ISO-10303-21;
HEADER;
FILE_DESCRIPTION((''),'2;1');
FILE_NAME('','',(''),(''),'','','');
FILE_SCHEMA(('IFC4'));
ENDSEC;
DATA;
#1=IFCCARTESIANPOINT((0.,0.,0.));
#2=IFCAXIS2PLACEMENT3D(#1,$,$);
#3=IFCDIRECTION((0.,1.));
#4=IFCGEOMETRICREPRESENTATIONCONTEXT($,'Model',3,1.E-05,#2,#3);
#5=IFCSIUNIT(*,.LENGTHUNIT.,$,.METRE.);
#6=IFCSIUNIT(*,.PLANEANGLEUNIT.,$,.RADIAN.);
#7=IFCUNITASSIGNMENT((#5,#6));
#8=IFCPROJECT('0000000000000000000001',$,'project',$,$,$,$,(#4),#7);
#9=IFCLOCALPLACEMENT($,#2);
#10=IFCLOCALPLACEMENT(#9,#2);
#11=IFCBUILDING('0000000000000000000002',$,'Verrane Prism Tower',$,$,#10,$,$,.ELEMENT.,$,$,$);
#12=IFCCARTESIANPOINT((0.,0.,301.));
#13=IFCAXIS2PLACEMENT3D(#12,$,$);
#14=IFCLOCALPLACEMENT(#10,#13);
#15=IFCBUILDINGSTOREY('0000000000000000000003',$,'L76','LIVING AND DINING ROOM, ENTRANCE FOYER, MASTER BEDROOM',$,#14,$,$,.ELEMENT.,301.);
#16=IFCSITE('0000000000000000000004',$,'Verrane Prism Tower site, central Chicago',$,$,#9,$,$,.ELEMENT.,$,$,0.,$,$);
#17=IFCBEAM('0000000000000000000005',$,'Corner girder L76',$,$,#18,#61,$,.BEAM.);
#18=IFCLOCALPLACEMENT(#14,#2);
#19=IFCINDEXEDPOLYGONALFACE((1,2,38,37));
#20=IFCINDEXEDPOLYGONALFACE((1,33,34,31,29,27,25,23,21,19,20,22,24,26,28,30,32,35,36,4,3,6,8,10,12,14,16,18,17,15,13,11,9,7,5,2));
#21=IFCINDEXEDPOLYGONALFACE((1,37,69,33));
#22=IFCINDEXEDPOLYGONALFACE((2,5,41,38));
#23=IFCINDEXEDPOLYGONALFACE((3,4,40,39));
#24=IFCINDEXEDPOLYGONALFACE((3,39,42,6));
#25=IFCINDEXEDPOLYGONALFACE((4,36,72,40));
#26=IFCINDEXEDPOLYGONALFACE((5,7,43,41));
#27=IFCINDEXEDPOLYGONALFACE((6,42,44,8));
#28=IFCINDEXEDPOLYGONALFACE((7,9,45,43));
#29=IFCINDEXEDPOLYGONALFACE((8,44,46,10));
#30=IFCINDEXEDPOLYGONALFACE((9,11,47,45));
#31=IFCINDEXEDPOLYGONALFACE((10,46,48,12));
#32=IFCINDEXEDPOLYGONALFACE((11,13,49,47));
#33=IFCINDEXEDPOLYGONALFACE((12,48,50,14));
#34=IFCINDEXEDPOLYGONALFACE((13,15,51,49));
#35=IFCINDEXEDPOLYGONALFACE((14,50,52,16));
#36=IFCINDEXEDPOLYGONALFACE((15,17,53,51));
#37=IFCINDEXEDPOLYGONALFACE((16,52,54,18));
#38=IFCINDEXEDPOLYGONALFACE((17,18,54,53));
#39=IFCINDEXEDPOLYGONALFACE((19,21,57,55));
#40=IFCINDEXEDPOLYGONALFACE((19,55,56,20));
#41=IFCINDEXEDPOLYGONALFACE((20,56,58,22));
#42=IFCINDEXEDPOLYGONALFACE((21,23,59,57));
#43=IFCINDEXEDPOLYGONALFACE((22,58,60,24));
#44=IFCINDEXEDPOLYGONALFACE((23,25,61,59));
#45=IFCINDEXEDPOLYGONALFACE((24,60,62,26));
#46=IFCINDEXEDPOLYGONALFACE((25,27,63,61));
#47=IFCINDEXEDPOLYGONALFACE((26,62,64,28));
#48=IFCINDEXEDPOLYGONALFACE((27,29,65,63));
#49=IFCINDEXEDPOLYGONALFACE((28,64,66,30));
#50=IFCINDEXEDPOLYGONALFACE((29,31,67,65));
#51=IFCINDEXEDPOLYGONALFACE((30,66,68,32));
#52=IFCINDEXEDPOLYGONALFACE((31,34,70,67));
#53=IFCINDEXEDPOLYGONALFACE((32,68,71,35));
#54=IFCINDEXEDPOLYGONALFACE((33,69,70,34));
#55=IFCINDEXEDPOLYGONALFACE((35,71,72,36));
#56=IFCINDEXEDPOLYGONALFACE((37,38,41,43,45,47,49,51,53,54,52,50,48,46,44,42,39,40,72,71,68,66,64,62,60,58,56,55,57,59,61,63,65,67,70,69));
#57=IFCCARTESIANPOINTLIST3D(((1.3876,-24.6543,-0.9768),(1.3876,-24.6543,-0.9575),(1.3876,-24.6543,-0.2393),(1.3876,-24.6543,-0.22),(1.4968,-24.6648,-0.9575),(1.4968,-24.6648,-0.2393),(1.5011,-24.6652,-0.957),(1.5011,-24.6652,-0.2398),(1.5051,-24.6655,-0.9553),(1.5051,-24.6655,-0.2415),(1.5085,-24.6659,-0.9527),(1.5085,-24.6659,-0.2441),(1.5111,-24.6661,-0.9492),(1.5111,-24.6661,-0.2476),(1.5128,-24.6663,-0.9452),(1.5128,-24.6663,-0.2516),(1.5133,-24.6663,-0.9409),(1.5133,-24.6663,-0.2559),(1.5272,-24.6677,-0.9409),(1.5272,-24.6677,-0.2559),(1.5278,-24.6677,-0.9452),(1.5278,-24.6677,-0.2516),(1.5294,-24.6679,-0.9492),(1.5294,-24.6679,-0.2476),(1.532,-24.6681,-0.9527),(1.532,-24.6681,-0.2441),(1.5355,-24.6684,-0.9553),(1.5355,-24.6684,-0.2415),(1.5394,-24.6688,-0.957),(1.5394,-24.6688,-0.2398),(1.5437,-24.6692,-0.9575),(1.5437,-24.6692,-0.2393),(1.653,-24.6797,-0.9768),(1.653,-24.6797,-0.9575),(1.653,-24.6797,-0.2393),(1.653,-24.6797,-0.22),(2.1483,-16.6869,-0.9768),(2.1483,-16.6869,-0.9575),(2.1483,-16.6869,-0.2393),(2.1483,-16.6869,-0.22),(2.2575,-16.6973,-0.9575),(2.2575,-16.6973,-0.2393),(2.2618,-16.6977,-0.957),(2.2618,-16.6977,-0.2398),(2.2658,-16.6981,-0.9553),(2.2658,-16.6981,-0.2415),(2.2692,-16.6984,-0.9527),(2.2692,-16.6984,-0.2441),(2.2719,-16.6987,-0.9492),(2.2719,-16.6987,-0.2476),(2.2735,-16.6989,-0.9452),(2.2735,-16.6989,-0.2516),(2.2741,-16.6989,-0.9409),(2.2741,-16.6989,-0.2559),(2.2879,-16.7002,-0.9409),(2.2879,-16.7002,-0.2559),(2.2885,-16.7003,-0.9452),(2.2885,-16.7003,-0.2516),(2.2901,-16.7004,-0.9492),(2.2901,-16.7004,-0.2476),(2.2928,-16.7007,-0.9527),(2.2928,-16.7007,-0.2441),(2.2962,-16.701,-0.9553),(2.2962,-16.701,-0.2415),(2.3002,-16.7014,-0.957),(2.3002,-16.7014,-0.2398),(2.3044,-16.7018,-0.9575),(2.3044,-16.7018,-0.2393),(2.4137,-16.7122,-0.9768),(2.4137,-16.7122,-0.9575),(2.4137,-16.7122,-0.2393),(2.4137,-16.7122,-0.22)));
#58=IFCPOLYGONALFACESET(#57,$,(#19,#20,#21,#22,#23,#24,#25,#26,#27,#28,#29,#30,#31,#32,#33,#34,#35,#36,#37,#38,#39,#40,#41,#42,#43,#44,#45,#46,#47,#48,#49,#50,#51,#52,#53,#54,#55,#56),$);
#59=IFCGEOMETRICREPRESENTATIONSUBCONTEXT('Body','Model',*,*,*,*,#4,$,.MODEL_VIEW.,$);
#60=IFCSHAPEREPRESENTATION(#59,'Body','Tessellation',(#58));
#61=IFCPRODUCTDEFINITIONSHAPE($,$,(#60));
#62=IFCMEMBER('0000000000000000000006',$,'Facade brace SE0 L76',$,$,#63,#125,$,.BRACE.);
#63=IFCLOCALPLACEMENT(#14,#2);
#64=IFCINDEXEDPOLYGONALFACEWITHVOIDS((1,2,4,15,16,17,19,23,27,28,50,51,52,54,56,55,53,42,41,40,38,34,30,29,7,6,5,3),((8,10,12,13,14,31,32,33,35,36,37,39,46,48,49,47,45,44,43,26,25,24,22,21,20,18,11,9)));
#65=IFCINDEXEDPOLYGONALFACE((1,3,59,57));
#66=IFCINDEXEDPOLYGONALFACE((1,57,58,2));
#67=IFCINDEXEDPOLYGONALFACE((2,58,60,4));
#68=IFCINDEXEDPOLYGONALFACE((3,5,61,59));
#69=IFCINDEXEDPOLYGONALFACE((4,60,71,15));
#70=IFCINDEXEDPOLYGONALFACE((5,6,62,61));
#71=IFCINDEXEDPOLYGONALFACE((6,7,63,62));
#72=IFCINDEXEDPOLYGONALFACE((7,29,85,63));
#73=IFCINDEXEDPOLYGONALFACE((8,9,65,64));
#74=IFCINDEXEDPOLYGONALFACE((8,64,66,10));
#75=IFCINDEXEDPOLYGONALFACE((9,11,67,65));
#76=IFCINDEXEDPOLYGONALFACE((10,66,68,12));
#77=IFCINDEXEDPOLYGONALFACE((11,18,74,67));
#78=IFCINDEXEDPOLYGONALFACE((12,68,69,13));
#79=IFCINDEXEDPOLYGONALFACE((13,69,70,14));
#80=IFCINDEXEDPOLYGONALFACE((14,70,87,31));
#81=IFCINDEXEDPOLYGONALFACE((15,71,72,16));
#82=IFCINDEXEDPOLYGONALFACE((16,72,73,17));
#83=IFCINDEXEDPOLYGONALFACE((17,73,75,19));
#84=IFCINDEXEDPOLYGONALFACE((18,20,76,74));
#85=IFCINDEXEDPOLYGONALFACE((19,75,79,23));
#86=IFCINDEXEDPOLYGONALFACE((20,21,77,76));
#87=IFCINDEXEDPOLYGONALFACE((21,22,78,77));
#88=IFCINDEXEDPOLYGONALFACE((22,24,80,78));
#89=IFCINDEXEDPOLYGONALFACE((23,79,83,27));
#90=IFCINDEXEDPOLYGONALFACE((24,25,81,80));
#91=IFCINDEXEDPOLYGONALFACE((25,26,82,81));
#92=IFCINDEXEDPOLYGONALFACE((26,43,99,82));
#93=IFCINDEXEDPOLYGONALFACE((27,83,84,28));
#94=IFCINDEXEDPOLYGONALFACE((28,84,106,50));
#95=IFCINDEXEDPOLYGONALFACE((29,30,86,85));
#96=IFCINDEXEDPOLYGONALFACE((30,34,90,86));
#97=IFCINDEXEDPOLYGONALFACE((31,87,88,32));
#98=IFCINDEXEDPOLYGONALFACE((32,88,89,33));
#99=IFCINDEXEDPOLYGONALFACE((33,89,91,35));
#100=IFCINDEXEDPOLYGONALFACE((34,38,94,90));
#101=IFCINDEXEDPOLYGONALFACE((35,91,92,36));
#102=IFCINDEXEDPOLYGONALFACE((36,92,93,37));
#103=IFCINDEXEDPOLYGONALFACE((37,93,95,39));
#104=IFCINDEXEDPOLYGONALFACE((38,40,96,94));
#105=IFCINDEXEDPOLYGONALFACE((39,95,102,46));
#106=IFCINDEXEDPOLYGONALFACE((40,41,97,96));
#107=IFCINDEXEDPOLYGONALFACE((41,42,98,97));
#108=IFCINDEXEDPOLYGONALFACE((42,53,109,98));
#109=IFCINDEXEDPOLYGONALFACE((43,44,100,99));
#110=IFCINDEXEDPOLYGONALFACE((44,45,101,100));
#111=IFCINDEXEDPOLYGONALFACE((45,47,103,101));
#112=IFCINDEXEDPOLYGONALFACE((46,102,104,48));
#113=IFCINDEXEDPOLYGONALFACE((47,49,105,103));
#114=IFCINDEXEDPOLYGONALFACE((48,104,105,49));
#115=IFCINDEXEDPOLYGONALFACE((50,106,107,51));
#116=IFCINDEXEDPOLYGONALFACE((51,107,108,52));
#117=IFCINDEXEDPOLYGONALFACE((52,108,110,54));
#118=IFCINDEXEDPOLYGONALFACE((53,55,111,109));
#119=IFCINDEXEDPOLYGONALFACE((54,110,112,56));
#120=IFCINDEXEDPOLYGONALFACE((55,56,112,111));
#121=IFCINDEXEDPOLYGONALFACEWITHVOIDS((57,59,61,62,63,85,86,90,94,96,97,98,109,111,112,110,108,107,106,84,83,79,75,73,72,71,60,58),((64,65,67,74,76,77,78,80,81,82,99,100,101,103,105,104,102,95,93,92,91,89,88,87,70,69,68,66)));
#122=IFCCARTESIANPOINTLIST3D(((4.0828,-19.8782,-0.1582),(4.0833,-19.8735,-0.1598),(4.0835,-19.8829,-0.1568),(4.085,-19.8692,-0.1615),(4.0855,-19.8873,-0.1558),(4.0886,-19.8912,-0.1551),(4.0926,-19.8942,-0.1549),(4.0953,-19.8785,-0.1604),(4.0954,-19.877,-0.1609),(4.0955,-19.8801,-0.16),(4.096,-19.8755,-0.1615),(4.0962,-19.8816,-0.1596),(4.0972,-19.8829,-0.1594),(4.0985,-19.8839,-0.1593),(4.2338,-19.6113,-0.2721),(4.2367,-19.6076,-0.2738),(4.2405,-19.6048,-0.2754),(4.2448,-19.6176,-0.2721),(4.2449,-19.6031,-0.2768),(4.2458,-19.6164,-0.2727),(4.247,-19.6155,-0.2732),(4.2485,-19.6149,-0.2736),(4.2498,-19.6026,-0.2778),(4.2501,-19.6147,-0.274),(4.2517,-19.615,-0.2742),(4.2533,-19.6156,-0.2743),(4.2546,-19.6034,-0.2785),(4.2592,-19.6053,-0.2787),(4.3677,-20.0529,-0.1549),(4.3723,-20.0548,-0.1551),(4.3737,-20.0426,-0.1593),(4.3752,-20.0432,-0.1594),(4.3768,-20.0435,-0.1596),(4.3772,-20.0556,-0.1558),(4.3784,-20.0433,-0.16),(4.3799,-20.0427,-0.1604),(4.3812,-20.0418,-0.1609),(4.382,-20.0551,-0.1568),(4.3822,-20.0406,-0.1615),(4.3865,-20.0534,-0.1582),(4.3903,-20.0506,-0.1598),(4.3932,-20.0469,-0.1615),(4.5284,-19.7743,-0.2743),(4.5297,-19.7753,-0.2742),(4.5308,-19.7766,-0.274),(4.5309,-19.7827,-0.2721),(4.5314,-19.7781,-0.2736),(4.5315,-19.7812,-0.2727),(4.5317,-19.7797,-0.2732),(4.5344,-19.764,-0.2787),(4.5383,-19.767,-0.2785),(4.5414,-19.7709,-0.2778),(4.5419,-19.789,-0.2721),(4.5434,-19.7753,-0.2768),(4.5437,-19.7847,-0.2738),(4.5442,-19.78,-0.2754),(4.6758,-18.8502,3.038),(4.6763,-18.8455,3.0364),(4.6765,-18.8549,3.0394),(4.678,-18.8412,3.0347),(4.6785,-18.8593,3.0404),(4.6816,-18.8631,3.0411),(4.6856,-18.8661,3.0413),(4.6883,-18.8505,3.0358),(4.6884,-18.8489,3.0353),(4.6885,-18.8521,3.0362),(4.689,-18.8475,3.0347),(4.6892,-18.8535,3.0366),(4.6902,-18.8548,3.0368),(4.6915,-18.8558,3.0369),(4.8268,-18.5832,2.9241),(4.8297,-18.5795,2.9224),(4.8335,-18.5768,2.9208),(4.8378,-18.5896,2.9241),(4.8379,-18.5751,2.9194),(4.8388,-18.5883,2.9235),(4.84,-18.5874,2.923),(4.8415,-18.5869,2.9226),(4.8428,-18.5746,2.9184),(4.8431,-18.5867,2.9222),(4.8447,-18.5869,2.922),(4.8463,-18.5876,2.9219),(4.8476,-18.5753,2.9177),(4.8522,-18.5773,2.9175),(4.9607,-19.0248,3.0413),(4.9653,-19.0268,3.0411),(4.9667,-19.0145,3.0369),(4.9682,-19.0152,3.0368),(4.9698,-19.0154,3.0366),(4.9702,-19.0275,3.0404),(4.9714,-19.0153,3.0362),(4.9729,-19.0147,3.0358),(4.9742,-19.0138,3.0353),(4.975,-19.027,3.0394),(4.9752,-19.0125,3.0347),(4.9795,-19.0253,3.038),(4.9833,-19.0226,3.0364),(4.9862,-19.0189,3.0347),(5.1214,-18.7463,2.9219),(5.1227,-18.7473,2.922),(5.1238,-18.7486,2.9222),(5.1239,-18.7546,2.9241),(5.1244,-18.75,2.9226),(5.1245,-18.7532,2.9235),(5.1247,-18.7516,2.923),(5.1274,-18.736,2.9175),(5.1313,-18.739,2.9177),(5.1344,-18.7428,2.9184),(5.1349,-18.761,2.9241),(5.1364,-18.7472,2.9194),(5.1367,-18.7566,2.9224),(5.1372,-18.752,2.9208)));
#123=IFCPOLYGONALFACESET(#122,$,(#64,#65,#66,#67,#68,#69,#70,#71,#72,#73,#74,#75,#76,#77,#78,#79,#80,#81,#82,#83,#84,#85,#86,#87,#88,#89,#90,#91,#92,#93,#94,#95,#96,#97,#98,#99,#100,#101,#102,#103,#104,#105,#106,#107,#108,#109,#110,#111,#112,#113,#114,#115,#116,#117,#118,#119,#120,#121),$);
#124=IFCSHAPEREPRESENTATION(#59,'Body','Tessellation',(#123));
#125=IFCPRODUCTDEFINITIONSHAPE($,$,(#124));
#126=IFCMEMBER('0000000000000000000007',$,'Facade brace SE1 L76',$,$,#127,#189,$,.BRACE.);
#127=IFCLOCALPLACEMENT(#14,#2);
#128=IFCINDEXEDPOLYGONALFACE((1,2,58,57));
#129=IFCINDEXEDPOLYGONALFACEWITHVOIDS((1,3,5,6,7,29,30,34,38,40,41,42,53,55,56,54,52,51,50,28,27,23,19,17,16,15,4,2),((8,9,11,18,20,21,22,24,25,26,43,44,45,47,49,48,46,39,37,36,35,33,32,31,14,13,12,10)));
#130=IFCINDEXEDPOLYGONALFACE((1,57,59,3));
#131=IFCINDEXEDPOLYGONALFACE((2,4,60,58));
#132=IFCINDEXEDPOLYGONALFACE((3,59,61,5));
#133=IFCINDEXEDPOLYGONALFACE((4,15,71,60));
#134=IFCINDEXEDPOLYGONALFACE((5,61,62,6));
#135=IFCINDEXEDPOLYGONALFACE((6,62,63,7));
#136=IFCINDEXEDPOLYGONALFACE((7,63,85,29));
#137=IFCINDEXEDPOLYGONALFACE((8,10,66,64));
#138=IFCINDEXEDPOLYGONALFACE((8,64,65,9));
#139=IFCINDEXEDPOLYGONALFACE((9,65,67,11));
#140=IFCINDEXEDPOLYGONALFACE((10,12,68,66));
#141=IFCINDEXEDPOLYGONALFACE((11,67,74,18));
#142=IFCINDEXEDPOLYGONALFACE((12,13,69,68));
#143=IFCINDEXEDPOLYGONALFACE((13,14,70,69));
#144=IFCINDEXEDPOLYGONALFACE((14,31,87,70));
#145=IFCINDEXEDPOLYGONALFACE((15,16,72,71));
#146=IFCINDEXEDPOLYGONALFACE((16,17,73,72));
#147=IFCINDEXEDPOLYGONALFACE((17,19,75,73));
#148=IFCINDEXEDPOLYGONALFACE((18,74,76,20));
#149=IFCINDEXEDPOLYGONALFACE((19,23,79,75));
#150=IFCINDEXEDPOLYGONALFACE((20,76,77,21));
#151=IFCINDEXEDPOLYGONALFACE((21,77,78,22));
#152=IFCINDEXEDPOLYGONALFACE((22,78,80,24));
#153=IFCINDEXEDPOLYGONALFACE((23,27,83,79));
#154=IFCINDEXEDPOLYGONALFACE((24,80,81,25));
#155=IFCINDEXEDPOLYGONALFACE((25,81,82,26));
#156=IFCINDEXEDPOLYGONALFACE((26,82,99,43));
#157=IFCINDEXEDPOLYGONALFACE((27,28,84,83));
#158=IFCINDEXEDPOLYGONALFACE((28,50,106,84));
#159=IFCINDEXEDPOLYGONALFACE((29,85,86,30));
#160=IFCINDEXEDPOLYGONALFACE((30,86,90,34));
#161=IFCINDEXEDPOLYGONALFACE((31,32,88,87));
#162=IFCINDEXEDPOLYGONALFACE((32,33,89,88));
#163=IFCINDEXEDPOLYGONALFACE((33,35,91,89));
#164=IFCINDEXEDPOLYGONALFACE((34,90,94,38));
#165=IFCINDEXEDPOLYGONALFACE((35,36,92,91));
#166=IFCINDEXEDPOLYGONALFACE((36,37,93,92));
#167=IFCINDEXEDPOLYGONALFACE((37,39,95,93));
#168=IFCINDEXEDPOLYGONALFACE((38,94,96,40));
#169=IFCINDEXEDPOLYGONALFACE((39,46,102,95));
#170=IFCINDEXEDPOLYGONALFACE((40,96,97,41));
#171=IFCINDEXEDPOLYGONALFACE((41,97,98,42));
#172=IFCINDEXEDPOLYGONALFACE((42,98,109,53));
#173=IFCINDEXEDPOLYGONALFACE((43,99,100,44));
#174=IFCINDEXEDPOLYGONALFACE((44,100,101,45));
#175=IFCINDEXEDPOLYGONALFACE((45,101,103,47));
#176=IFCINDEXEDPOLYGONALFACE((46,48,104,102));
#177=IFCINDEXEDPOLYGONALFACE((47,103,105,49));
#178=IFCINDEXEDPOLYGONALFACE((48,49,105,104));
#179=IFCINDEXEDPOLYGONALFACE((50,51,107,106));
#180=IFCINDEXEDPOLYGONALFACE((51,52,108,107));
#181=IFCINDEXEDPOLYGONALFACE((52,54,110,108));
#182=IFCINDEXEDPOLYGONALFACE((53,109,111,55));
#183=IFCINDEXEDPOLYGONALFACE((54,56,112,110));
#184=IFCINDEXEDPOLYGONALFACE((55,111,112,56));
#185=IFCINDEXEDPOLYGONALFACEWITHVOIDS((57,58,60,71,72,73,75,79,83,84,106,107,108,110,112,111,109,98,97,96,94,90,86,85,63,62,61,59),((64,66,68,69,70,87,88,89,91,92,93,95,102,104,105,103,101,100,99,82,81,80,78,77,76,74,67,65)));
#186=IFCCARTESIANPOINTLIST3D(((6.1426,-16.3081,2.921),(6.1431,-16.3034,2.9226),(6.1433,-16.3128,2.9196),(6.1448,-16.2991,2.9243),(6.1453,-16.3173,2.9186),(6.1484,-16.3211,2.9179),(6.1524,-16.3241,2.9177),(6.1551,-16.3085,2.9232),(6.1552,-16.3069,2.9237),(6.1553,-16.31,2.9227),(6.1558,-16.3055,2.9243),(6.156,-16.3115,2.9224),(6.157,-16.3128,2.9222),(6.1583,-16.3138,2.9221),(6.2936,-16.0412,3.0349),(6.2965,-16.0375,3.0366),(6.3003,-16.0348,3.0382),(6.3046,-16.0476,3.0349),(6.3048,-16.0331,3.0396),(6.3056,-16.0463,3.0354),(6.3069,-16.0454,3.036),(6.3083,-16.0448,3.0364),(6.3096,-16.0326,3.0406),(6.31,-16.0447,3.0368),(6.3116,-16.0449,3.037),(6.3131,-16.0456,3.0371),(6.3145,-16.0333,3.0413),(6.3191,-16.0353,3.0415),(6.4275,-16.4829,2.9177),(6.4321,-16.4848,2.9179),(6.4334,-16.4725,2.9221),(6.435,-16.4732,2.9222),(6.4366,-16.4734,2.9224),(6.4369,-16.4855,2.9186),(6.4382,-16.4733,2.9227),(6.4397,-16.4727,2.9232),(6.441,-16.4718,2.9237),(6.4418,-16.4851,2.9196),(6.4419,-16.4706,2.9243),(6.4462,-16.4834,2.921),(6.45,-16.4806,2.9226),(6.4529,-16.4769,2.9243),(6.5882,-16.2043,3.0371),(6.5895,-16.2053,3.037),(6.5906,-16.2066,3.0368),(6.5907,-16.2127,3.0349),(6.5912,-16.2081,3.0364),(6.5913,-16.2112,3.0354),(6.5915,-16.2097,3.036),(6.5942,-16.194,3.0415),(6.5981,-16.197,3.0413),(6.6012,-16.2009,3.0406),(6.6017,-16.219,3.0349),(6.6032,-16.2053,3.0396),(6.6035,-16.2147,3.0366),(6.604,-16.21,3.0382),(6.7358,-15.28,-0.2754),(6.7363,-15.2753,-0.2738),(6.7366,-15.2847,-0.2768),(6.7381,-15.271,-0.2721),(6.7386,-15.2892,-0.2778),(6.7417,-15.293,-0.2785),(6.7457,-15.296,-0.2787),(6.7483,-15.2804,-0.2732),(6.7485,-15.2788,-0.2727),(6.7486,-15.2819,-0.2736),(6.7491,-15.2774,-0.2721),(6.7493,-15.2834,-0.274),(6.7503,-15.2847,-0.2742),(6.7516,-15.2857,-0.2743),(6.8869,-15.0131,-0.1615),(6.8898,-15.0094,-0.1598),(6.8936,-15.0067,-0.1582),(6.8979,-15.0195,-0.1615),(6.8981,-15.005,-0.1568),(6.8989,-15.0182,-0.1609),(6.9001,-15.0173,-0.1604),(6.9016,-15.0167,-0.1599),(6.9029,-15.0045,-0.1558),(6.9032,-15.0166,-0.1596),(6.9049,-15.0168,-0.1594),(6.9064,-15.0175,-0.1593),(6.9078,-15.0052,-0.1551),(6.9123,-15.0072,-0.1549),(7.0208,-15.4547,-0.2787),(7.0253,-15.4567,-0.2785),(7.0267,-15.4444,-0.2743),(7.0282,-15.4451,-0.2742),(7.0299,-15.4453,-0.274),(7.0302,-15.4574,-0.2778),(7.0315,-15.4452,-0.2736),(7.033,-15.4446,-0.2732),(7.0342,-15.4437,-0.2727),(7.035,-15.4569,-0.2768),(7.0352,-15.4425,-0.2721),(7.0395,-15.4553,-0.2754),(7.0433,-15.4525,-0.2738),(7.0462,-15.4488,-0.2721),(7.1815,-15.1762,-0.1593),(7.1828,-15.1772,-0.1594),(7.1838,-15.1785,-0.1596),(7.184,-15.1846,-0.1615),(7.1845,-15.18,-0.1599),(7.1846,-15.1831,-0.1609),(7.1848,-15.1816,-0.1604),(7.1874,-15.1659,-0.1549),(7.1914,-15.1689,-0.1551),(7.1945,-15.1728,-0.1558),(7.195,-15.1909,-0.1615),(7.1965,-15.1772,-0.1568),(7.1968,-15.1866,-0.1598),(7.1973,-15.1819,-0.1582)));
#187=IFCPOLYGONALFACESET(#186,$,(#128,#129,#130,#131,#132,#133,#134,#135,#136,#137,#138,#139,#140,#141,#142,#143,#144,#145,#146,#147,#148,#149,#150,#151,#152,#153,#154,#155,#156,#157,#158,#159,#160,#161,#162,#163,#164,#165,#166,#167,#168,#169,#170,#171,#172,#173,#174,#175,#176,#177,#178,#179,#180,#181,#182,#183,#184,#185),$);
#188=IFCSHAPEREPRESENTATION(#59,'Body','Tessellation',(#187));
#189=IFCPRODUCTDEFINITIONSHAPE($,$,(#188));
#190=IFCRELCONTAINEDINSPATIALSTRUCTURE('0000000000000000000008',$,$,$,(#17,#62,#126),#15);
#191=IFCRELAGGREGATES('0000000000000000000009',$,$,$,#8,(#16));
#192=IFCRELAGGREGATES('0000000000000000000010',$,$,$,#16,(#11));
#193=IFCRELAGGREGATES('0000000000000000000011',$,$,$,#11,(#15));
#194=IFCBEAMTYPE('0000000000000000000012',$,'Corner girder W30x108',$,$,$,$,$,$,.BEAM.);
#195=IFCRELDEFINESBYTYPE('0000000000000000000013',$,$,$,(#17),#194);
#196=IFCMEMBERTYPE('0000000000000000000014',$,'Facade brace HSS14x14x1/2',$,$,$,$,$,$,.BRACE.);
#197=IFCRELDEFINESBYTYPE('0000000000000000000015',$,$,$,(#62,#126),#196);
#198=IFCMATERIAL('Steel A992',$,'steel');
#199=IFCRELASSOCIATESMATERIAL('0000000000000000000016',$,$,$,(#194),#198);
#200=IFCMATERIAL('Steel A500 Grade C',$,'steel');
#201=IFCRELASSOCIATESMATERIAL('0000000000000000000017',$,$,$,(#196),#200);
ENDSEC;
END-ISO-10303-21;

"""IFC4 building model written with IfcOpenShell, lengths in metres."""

from ifc_helpers import new_model, si_unit, direction, frame, origin, origin_2d, place, context, subcontext, project, spatial, hollow_rectangle, i_section, extrude, material, material_profile, profile_set, type_object, element, save


model = new_model("IFC4")

# Units and contexts
model_context = context("Model", 3, precision=1e-05, world=origin(), true_north=direction((0.0, 1.0)))
body_context = subcontext(model_context, "Body", "Model", "MODEL_VIEW")
ifc_project = project(units=[si_unit("LENGTHUNIT", "METRE"), si_unit("PLANEANGLEUNIT", "RADIAN")], contexts=[model_context])

# Site, building, storey
site_placement = place(None, origin())
site = spatial("IfcSite", under=ifc_project, at=site_placement, Name="Verrane Prism Tower site, central Chicago", CompositionType="ELEMENT", RefElevation=0.0)
building_placement = place(site_placement, origin())
building = spatial("IfcBuilding", under=site, at=building_placement, Name="Verrane Prism Tower", CompositionType="ELEMENT")
storey_placement = place(building_placement, frame((0.0, 0.0, 301.0)))
storey = spatial("IfcBuildingStorey", under=building, at=storey_placement, Name="L76", Description="LIVING AND DINING ROOM, ENTRANCE FOYER, MASTER BEDROOM", CompositionType="ELEMENT", Elevation=301.0)

# Beam
ifc_material_1 = material(Name="Steel A992", Category="steel")
ifc_material_profile_1 = material_profile(ifc_material_1, i_section(OverallWidth=0.2666, OverallDepth=0.7568, WebThickness=0.0139, FlangeThickness=0.0193, FilletRadius=0.0166, at=origin_2d()), Name="W30x108")
ifc_profile_set_1 = profile_set([ifc_material_profile_1], Name="Steel A992")
beam_type_1 = type_object("IfcBeamType", Name="Corner girder W30x108", PredefinedType="BEAM", material=ifc_profile_set_1)
beam_1_placement = place(storey_placement, frame((1.5203, -24.667, -0.5984), z_axis=(0.095048, 0.995473, 0.0), x_axis=(-0.995473, 0.095048, 0.0)))
element("IfcBeam", 1, at=beam_1_placement, inside=storey, type_object=beam_type_1, Name="Corner girder L76", PredefinedType="BEAM", context=body_context, shape_type="SweptSolid", body=[
    extrude(i_section(OverallWidth=0.2666, OverallDepth=0.7568, WebThickness=0.0139, FlangeThickness=0.0193, FilletRadius=0.0166, at=origin_2d()), origin(), (0.0, 0.0, 1.0), 8.0037),
])

# Members
ifc_material_2 = material(Name="Steel A500 Grade C", Category="steel")
ifc_material_profile_2 = material_profile(ifc_material_2, hollow_rectangle(XDim=0.3557, YDim=0.3557, WallThickness=0.0127, InnerFilletRadius=0.0063, OuterFilletRadius=0.019, at=origin_2d()), Name="HSS14x14x1/2")
ifc_profile_set_2 = profile_set([ifc_material_profile_2], Name="Steel A500 Grade C")
member_type_1 = type_object("IfcMemberType", Name="Facade brace HSS14x14x1/2", PredefinedType="BRACE", material=ifc_profile_set_2)
member_1_placement = place(storey_placement, frame((4.3135, -19.8291, -0.2168), z_axis=(0.17393, 0.30153, 0.937458), x_axis=(-0.866223, 0.499657, 0.0)))
element("IfcMember", 2, at=member_1_placement, inside=storey, type_object=member_type_1, Name="Facade brace SE0 L76", PredefinedType="BRACE", context=body_context, shape_type="SweptSolid", body=[
    extrude(hollow_rectangle(XDim=0.3557, YDim=0.3557, WallThickness=0.0127, InnerFilletRadius=0.0063, OuterFilletRadius=0.019, at=origin_2d()), origin(), (0.0, 0.0, 1.0), 3.4094),
])
member_2_placement = place(storey_placement, frame((6.9666, -15.231, -0.2168), z_axis=(-0.173999, -0.301527, 0.937447), x_axis=(0.866134, -0.499811, 0.0)))
element("IfcMember", 3, at=member_2_placement, inside=storey, type_object=member_type_1, Name="Facade brace SE1 L76", PredefinedType="BRACE", context=body_context, shape_type="SweptSolid", body=[
    extrude(hollow_rectangle(XDim=0.3557, YDim=0.3557, WallThickness=0.0127, InnerFilletRadius=0.0063, OuterFilletRadius=0.019, at=origin_2d()), origin(), (0.0, 0.0, 1.0), 3.4097),
])

save(model, "model.ifc")
